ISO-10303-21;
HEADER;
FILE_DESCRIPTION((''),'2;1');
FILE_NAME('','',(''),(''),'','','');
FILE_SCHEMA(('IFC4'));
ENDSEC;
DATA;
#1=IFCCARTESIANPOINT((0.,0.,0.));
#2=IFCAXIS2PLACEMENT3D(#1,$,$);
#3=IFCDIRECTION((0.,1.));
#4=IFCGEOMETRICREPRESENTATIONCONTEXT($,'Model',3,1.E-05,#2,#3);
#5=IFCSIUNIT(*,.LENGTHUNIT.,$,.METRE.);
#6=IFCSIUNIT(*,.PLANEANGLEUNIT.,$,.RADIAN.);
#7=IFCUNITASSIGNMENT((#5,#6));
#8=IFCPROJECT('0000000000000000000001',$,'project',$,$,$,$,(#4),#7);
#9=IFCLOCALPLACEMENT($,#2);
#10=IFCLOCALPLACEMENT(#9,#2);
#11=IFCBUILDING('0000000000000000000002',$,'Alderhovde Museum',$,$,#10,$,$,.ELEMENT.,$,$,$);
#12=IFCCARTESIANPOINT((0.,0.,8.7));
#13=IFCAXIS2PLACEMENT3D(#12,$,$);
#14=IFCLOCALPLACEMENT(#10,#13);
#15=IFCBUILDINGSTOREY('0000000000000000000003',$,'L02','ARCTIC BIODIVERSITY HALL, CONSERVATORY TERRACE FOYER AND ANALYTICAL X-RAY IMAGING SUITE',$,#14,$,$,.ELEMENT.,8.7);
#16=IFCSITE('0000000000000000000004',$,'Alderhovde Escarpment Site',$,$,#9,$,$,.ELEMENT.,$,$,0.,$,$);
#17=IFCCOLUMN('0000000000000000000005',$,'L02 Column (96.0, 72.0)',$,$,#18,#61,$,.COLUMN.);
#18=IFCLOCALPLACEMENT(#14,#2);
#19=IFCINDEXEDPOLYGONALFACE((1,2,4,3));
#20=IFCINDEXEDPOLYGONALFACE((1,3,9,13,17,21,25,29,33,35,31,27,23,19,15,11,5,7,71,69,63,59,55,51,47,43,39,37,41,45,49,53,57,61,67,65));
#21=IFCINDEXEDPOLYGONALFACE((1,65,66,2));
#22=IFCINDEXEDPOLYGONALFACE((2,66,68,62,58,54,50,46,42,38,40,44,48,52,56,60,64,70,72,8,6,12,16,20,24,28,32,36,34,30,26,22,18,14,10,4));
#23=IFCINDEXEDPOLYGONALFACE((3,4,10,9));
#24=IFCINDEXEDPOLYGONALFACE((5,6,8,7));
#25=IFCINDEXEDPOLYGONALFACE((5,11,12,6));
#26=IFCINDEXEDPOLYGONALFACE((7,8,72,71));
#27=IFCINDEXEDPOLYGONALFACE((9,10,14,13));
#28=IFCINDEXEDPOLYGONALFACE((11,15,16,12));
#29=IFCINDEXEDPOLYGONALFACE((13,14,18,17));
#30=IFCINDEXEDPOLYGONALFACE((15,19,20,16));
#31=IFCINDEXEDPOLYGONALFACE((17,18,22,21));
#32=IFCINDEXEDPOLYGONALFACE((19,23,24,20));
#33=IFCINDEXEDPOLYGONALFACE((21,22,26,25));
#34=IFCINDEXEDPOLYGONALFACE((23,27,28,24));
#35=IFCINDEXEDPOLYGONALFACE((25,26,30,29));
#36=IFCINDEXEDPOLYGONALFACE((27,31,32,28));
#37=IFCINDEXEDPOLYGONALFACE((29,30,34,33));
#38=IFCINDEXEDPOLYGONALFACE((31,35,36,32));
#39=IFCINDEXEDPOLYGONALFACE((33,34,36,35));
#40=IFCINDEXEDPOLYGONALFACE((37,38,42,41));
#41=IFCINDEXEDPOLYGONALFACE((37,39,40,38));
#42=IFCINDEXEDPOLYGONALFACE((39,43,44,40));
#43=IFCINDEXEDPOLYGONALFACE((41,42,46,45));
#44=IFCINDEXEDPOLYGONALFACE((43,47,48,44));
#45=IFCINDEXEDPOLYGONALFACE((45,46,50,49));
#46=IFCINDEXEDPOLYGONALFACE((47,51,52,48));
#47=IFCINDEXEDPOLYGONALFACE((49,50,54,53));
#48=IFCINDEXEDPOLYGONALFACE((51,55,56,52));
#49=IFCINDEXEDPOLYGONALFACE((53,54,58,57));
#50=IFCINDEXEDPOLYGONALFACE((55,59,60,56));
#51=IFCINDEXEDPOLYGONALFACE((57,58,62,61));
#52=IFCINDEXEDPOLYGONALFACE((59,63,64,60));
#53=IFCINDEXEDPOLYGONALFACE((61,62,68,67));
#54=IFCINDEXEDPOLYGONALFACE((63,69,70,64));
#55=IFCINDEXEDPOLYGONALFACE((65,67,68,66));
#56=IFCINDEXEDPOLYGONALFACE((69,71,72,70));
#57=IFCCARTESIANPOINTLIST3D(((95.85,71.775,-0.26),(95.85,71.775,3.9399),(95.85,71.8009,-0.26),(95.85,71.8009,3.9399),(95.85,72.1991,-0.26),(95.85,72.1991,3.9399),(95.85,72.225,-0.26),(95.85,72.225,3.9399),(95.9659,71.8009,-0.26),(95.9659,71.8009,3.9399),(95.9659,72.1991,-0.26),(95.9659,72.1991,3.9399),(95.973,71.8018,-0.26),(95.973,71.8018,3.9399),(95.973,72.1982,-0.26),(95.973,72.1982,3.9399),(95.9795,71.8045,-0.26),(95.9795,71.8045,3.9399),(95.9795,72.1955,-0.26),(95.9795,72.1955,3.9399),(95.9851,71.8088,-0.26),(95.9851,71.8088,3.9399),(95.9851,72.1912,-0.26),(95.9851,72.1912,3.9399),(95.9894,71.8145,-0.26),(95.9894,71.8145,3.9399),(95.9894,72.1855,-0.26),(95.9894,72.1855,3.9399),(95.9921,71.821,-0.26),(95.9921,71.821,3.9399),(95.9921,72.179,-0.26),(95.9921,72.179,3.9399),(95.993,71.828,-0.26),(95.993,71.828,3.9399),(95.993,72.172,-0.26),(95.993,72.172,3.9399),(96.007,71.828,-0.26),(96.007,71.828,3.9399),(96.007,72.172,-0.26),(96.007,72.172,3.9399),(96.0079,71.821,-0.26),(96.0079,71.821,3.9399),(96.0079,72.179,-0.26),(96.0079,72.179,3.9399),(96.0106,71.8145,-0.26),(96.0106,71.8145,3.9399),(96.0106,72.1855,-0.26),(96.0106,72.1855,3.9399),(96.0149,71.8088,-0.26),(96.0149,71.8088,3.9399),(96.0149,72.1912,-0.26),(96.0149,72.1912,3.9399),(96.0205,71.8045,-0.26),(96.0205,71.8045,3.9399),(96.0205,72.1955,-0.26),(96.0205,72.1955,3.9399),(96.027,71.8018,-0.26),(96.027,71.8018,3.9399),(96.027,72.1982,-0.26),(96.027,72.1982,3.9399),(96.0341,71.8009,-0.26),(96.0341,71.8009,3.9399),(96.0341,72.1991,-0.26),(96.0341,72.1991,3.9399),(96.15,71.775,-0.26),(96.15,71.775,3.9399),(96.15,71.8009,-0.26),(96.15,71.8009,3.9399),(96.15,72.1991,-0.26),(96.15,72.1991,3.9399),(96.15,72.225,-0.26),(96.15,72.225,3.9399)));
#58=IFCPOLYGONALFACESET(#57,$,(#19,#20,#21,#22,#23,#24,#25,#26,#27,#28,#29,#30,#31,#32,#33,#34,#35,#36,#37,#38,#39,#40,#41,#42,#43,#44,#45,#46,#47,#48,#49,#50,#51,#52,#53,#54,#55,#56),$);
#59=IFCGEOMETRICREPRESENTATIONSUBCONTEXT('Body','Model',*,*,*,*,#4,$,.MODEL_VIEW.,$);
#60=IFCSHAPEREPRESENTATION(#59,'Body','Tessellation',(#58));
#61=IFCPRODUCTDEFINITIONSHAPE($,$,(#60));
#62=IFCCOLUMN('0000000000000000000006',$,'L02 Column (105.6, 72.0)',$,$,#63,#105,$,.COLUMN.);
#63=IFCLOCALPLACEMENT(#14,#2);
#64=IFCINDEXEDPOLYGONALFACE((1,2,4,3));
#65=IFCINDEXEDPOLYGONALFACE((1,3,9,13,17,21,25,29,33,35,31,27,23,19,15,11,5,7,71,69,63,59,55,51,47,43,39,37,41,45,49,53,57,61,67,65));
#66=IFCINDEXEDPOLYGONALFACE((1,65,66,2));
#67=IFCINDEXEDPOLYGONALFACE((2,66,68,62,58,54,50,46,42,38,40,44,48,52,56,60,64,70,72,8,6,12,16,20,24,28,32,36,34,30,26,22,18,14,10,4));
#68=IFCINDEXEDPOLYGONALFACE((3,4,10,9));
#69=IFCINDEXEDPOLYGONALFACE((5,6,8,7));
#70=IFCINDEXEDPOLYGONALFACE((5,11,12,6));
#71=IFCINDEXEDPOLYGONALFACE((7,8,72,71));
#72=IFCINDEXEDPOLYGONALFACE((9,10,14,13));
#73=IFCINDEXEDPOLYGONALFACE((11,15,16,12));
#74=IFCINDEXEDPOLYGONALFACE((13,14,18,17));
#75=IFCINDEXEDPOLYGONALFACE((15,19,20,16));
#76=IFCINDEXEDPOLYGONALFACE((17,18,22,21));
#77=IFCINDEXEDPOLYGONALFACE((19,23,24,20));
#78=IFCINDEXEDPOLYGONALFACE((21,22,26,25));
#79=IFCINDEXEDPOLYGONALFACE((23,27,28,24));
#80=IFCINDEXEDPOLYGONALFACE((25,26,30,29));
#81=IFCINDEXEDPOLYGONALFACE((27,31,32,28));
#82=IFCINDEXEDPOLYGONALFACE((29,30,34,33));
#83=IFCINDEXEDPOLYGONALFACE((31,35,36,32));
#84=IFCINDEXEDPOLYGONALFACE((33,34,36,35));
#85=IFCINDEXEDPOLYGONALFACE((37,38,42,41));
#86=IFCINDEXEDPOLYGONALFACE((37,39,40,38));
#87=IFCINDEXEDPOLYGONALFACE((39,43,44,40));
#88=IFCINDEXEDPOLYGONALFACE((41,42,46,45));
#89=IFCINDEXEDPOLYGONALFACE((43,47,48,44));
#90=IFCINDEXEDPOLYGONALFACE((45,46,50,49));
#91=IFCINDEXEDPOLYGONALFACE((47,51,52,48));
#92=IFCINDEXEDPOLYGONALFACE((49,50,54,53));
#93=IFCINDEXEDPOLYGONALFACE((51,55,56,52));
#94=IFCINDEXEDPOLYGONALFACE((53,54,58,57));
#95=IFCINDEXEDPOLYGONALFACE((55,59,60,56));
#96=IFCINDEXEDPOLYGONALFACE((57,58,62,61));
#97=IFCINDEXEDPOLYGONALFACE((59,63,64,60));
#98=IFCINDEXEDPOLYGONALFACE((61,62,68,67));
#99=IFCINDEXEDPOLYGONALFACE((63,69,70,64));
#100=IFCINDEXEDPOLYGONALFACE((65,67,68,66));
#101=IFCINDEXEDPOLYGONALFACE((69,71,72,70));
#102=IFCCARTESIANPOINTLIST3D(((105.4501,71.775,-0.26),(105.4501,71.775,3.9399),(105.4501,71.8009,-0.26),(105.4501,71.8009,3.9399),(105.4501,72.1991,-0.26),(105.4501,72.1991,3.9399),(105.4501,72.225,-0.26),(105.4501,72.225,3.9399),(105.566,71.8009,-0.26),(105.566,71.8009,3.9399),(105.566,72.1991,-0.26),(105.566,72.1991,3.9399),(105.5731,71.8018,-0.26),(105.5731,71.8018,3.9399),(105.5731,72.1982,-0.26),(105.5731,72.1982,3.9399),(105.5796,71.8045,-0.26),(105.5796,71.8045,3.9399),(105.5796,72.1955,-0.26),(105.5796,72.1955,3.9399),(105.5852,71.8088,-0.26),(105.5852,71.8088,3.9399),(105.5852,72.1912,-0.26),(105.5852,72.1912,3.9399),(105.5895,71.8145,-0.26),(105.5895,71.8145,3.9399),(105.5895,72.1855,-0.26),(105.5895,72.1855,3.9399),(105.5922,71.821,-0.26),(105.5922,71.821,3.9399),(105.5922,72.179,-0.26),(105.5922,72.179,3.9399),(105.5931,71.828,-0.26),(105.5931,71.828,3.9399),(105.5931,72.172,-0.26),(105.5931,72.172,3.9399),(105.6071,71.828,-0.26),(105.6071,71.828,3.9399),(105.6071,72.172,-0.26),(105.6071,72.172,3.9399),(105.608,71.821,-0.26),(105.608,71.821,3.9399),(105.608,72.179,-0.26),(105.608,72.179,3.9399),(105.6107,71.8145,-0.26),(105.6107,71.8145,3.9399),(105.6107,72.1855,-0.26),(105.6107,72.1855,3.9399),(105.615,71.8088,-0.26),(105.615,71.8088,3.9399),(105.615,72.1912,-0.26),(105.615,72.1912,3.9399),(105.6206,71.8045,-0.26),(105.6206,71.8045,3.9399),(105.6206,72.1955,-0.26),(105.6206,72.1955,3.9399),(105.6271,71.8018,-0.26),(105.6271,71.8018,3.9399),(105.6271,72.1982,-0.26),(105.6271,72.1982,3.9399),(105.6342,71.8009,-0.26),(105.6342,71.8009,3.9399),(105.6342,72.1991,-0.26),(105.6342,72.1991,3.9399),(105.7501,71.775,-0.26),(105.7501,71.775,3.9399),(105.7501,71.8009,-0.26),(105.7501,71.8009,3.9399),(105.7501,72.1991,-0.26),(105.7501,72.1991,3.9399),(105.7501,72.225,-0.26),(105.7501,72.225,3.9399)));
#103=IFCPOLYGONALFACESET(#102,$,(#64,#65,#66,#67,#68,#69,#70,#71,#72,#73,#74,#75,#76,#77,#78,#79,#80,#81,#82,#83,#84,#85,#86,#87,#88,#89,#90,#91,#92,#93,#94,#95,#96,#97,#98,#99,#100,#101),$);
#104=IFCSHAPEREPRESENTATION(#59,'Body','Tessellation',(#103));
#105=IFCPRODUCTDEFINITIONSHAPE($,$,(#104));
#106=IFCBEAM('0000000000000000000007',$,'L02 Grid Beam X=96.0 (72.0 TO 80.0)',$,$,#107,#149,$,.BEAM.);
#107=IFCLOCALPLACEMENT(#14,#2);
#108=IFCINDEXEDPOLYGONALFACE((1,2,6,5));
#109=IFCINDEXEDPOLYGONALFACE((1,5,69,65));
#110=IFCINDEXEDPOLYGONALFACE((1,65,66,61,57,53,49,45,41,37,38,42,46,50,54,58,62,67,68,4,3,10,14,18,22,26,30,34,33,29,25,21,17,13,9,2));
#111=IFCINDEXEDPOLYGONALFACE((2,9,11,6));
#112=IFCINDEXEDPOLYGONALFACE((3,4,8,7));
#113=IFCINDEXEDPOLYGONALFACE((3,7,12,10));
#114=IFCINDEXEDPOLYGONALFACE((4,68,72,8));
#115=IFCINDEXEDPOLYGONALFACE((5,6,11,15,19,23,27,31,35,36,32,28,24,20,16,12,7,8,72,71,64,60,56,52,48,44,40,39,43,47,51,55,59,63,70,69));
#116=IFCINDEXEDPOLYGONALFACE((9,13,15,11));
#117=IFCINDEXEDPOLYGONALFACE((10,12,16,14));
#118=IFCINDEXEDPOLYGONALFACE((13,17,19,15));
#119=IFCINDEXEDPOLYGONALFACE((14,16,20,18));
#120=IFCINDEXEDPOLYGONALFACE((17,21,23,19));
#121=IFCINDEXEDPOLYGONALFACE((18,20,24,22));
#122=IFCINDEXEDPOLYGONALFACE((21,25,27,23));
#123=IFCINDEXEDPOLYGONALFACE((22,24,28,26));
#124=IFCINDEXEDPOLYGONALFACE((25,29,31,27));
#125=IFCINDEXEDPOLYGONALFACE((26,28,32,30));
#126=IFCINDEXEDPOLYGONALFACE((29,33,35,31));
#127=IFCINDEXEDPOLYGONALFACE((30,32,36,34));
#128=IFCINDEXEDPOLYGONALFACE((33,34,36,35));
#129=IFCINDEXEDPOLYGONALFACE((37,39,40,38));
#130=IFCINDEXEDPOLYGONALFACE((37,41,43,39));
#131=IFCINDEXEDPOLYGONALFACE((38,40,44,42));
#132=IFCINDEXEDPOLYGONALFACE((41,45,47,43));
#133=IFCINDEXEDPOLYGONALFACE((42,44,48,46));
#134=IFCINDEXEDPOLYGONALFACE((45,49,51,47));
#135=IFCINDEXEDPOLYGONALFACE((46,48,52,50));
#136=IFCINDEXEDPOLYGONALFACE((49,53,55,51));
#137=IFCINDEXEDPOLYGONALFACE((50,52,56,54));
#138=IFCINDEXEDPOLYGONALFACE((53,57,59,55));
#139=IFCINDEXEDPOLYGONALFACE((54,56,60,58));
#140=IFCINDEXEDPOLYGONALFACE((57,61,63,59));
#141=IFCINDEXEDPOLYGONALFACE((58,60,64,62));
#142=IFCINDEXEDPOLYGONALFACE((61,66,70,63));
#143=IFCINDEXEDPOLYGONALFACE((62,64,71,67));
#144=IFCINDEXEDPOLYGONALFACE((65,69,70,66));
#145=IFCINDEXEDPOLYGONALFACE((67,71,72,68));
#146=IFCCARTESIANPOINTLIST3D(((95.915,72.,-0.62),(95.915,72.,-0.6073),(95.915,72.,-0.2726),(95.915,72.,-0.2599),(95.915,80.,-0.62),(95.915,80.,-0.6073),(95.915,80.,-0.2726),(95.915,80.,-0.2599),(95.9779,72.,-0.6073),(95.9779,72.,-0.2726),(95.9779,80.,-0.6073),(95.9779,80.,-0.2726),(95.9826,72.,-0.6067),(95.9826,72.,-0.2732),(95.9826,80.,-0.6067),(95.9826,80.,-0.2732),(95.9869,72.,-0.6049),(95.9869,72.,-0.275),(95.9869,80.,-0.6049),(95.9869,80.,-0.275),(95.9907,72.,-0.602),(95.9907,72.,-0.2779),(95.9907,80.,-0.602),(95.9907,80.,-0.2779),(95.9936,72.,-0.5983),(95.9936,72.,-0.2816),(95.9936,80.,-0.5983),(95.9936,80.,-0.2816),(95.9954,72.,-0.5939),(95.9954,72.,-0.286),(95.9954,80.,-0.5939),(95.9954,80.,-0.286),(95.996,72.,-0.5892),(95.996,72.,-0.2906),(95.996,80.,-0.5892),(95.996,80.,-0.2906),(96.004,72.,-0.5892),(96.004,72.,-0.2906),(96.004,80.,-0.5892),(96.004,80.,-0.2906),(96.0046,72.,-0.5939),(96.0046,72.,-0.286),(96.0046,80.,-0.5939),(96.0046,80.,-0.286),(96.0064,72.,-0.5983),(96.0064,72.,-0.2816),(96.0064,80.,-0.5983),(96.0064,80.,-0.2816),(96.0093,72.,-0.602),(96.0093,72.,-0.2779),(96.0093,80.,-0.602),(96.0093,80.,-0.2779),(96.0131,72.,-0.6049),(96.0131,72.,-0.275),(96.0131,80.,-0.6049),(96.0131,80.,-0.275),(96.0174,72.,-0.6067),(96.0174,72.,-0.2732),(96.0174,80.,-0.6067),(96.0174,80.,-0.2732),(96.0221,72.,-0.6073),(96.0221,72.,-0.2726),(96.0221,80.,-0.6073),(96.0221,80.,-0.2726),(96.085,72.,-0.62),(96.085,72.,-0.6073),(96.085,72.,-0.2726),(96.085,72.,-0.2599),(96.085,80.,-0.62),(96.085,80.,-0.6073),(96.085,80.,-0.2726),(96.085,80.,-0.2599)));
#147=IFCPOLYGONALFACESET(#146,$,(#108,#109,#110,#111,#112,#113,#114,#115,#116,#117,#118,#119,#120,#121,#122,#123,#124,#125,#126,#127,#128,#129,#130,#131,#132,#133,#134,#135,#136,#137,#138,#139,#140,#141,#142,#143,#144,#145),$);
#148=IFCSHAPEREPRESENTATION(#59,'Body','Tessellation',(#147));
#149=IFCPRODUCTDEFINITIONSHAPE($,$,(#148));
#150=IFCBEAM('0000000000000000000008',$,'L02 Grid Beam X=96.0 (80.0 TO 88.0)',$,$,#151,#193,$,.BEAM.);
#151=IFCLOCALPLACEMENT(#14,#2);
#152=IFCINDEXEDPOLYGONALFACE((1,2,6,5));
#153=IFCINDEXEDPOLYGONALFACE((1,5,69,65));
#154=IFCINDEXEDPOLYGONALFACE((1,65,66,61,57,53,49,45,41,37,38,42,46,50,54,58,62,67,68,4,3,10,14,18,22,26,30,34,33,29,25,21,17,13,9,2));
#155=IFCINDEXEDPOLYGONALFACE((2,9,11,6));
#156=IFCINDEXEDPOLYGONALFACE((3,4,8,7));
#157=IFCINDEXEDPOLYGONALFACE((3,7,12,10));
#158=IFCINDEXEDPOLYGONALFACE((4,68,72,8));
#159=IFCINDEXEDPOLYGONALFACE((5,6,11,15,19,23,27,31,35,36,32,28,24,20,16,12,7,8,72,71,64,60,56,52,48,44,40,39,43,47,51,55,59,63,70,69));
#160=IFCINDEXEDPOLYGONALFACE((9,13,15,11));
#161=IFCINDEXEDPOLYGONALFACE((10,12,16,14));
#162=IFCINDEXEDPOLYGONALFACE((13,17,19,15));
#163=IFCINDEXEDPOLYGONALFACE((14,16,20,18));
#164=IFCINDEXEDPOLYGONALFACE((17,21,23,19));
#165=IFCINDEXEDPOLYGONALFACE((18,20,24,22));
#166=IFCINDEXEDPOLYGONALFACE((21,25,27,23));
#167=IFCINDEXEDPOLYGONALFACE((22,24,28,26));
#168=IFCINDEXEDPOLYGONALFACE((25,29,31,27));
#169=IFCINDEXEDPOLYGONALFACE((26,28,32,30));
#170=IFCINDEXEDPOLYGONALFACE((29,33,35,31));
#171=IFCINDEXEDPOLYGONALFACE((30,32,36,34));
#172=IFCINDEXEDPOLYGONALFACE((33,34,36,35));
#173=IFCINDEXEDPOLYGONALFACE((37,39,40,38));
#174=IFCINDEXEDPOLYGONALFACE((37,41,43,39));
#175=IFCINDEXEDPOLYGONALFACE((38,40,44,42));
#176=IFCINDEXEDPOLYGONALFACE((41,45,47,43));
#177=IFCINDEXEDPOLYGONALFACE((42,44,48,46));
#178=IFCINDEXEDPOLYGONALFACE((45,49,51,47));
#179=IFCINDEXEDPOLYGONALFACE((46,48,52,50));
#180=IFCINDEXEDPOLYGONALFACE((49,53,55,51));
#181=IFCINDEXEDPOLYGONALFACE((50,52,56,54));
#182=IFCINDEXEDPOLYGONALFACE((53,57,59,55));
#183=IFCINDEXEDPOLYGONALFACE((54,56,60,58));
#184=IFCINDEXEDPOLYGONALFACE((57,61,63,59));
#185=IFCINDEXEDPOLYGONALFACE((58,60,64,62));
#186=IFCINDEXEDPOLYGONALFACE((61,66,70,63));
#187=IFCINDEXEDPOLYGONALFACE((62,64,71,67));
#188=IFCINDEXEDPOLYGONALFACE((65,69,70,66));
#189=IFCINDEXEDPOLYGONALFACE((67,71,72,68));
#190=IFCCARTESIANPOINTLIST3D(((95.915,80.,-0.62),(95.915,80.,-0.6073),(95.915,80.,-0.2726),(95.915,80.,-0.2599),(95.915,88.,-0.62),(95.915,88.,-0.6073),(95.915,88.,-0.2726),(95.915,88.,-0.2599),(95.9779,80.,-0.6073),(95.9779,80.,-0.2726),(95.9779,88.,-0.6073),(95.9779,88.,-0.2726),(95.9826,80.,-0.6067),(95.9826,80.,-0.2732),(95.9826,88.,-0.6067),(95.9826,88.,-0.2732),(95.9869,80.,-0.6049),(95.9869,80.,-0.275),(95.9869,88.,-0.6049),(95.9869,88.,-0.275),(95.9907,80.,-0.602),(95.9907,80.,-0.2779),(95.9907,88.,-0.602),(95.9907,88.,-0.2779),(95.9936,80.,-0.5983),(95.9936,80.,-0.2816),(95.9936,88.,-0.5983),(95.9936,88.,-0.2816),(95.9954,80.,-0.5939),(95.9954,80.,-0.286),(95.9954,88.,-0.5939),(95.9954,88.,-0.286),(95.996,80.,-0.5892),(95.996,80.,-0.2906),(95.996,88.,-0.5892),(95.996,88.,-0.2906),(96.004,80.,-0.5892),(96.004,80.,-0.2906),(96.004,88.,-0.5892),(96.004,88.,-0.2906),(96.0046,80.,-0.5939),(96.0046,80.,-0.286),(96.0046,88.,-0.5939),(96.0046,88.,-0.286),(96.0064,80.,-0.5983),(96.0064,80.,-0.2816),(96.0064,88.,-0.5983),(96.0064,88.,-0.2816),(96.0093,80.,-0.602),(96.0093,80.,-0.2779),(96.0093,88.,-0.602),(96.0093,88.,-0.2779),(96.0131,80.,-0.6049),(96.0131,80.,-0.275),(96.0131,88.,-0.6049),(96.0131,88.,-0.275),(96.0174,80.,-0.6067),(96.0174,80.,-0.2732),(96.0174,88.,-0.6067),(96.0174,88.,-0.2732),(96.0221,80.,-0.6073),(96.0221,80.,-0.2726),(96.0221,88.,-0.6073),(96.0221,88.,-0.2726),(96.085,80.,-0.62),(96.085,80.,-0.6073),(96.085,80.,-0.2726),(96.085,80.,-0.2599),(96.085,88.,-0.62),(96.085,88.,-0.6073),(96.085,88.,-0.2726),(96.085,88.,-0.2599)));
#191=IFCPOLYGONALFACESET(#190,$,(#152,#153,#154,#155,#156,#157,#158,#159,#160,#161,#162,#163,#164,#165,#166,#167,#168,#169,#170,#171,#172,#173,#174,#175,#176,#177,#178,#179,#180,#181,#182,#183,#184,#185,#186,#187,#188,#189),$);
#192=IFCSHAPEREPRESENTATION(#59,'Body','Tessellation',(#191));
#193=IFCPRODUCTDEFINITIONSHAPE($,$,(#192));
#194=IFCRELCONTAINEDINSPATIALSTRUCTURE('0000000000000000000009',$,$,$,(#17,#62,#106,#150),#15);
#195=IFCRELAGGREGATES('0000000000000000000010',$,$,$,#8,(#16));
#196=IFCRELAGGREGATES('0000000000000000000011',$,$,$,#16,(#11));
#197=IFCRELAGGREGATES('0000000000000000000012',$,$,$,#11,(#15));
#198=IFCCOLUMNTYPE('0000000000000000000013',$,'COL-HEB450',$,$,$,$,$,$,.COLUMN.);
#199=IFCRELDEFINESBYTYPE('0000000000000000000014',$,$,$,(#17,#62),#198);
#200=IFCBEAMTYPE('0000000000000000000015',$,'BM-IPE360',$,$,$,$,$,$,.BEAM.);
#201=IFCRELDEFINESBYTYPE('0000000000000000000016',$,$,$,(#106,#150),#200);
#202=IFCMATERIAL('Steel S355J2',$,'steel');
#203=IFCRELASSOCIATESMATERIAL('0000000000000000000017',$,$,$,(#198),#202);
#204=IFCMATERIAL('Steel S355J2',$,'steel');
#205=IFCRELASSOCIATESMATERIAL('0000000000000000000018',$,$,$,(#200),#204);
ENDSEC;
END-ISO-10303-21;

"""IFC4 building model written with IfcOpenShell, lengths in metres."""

from ifc_helpers import new_model, si_unit, direction, frame, origin, origin_2d, place, context, subcontext, project, spatial, i_section, extrude, material, material_profile, profile_set, type_object, element, save


model = new_model("IFC4")

# Units and contexts
model_context = context("Model", 3, precision=1e-05, world=origin(), true_north=direction((0.0, 1.0)))
body_context = subcontext(model_context, "Body", "Model", "MODEL_VIEW")
ifc_project = project(units=[si_unit("LENGTHUNIT", "METRE"), si_unit("PLANEANGLEUNIT", "RADIAN")], contexts=[model_context])

# Site, building, storey
site_placement = place(None, origin())
site = spatial("IfcSite", under=ifc_project, at=site_placement, Name="Alderhovde Escarpment Site", CompositionType="ELEMENT", RefElevation=0.0)
building_placement = place(site_placement, origin())
building = spatial("IfcBuilding", under=site, at=building_placement, Name="Alderhovde Museum", CompositionType="ELEMENT")
storey_placement = place(building_placement, frame((0.0, 0.0, 8.7)))
storey = spatial("IfcBuildingStorey", under=building, at=storey_placement, Name="L02", Description="ARCTIC BIODIVERSITY HALL, CONSERVATORY TERRACE FOYER AND ANALYTICAL X-RAY IMAGING SUITE", CompositionType="ELEMENT", Elevation=8.7)

# Columns
ifc_material_1 = material(Name="Steel S355J2", Category="steel")
ifc_material_profile_1 = material_profile(ifc_material_1, i_section(OverallWidth=0.3, OverallDepth=0.45, WebThickness=0.0139, FlangeThickness=0.0259, FilletRadius=0.0271, at=origin_2d()), Name="HEB 450")
ifc_profile_set_1 = profile_set([ifc_material_profile_1], Name="Steel S355J2")
column_type_1 = type_object("IfcColumnType", Name="COL-HEB450", PredefinedType="COLUMN", material=ifc_profile_set_1)
for number, where, z_axis, x_axis, name in (
    (1, (96.0, 72.0, -0.26), (0.0, 0.0, 1.0), (1.0, 0.0, 0.0), "L02 Column (96.0, 72.0)"),
    (2, (105.6001, 72.0, -0.26), (0.0, 0.0, 1.0), (1.0, 0.0, 0.0), "L02 Column (105.6, 72.0)"),
):
    element("IfcColumn", number, at=place(storey_placement, frame(where, z_axis=z_axis, x_axis=x_axis)), inside=storey, type_object=column_type_1, Name=name, PredefinedType="COLUMN", context=body_context, shape_type="SweptSolid", body=[
        extrude(i_section(OverallWidth=0.3, OverallDepth=0.45, WebThickness=0.0139, FlangeThickness=0.0259, FilletRadius=0.0271, at=origin_2d()), origin(), (0.0, 0.0, 1.0), 4.2),
    ])

# Beams
ifc_material_2 = material(Name="Steel S355J2", Category="steel")
ifc_material_profile_2 = material_profile(ifc_material_2, i_section(OverallWidth=0.1699, OverallDepth=0.3601, WebThickness=0.0081, FlangeThickness=0.0127, FilletRadius=0.0181, at=origin_2d()), Name="IPE 360")
ifc_profile_set_2 = profile_set([ifc_material_profile_2], Name="Steel S355J2")
beam_type_1 = type_object("IfcBeamType", Name="BM-IPE360", PredefinedType="BEAM", material=ifc_profile_set_2)
for number, where, z_axis, x_axis, name in (
    (3, (96.0, 72.0, -0.4399), (0.0, 1.0, 0.0), (-1.0, 0.0, 0.0), "L02 Grid Beam X=96.0 (72.0 TO 80.0)"),
    (4, (96.0, 80.0, -0.4399), (0.0, 1.0, 0.0), (-1.0, 0.0, 0.0), "L02 Grid Beam X=96.0 (80.0 TO 88.0)"),
):
    element("IfcBeam", number, at=place(storey_placement, frame(where, z_axis=z_axis, x_axis=x_axis)), inside=storey, type_object=beam_type_1, Name=name, PredefinedType="BEAM", context=body_context, shape_type="SweptSolid", body=[
        extrude(i_section(OverallWidth=0.1699, OverallDepth=0.3601, WebThickness=0.0081, FlangeThickness=0.0127, FilletRadius=0.0181, at=origin_2d()), origin(), (0.0, 0.0, 1.0), 8.0),
    ])

save(model, "model.ifc")
